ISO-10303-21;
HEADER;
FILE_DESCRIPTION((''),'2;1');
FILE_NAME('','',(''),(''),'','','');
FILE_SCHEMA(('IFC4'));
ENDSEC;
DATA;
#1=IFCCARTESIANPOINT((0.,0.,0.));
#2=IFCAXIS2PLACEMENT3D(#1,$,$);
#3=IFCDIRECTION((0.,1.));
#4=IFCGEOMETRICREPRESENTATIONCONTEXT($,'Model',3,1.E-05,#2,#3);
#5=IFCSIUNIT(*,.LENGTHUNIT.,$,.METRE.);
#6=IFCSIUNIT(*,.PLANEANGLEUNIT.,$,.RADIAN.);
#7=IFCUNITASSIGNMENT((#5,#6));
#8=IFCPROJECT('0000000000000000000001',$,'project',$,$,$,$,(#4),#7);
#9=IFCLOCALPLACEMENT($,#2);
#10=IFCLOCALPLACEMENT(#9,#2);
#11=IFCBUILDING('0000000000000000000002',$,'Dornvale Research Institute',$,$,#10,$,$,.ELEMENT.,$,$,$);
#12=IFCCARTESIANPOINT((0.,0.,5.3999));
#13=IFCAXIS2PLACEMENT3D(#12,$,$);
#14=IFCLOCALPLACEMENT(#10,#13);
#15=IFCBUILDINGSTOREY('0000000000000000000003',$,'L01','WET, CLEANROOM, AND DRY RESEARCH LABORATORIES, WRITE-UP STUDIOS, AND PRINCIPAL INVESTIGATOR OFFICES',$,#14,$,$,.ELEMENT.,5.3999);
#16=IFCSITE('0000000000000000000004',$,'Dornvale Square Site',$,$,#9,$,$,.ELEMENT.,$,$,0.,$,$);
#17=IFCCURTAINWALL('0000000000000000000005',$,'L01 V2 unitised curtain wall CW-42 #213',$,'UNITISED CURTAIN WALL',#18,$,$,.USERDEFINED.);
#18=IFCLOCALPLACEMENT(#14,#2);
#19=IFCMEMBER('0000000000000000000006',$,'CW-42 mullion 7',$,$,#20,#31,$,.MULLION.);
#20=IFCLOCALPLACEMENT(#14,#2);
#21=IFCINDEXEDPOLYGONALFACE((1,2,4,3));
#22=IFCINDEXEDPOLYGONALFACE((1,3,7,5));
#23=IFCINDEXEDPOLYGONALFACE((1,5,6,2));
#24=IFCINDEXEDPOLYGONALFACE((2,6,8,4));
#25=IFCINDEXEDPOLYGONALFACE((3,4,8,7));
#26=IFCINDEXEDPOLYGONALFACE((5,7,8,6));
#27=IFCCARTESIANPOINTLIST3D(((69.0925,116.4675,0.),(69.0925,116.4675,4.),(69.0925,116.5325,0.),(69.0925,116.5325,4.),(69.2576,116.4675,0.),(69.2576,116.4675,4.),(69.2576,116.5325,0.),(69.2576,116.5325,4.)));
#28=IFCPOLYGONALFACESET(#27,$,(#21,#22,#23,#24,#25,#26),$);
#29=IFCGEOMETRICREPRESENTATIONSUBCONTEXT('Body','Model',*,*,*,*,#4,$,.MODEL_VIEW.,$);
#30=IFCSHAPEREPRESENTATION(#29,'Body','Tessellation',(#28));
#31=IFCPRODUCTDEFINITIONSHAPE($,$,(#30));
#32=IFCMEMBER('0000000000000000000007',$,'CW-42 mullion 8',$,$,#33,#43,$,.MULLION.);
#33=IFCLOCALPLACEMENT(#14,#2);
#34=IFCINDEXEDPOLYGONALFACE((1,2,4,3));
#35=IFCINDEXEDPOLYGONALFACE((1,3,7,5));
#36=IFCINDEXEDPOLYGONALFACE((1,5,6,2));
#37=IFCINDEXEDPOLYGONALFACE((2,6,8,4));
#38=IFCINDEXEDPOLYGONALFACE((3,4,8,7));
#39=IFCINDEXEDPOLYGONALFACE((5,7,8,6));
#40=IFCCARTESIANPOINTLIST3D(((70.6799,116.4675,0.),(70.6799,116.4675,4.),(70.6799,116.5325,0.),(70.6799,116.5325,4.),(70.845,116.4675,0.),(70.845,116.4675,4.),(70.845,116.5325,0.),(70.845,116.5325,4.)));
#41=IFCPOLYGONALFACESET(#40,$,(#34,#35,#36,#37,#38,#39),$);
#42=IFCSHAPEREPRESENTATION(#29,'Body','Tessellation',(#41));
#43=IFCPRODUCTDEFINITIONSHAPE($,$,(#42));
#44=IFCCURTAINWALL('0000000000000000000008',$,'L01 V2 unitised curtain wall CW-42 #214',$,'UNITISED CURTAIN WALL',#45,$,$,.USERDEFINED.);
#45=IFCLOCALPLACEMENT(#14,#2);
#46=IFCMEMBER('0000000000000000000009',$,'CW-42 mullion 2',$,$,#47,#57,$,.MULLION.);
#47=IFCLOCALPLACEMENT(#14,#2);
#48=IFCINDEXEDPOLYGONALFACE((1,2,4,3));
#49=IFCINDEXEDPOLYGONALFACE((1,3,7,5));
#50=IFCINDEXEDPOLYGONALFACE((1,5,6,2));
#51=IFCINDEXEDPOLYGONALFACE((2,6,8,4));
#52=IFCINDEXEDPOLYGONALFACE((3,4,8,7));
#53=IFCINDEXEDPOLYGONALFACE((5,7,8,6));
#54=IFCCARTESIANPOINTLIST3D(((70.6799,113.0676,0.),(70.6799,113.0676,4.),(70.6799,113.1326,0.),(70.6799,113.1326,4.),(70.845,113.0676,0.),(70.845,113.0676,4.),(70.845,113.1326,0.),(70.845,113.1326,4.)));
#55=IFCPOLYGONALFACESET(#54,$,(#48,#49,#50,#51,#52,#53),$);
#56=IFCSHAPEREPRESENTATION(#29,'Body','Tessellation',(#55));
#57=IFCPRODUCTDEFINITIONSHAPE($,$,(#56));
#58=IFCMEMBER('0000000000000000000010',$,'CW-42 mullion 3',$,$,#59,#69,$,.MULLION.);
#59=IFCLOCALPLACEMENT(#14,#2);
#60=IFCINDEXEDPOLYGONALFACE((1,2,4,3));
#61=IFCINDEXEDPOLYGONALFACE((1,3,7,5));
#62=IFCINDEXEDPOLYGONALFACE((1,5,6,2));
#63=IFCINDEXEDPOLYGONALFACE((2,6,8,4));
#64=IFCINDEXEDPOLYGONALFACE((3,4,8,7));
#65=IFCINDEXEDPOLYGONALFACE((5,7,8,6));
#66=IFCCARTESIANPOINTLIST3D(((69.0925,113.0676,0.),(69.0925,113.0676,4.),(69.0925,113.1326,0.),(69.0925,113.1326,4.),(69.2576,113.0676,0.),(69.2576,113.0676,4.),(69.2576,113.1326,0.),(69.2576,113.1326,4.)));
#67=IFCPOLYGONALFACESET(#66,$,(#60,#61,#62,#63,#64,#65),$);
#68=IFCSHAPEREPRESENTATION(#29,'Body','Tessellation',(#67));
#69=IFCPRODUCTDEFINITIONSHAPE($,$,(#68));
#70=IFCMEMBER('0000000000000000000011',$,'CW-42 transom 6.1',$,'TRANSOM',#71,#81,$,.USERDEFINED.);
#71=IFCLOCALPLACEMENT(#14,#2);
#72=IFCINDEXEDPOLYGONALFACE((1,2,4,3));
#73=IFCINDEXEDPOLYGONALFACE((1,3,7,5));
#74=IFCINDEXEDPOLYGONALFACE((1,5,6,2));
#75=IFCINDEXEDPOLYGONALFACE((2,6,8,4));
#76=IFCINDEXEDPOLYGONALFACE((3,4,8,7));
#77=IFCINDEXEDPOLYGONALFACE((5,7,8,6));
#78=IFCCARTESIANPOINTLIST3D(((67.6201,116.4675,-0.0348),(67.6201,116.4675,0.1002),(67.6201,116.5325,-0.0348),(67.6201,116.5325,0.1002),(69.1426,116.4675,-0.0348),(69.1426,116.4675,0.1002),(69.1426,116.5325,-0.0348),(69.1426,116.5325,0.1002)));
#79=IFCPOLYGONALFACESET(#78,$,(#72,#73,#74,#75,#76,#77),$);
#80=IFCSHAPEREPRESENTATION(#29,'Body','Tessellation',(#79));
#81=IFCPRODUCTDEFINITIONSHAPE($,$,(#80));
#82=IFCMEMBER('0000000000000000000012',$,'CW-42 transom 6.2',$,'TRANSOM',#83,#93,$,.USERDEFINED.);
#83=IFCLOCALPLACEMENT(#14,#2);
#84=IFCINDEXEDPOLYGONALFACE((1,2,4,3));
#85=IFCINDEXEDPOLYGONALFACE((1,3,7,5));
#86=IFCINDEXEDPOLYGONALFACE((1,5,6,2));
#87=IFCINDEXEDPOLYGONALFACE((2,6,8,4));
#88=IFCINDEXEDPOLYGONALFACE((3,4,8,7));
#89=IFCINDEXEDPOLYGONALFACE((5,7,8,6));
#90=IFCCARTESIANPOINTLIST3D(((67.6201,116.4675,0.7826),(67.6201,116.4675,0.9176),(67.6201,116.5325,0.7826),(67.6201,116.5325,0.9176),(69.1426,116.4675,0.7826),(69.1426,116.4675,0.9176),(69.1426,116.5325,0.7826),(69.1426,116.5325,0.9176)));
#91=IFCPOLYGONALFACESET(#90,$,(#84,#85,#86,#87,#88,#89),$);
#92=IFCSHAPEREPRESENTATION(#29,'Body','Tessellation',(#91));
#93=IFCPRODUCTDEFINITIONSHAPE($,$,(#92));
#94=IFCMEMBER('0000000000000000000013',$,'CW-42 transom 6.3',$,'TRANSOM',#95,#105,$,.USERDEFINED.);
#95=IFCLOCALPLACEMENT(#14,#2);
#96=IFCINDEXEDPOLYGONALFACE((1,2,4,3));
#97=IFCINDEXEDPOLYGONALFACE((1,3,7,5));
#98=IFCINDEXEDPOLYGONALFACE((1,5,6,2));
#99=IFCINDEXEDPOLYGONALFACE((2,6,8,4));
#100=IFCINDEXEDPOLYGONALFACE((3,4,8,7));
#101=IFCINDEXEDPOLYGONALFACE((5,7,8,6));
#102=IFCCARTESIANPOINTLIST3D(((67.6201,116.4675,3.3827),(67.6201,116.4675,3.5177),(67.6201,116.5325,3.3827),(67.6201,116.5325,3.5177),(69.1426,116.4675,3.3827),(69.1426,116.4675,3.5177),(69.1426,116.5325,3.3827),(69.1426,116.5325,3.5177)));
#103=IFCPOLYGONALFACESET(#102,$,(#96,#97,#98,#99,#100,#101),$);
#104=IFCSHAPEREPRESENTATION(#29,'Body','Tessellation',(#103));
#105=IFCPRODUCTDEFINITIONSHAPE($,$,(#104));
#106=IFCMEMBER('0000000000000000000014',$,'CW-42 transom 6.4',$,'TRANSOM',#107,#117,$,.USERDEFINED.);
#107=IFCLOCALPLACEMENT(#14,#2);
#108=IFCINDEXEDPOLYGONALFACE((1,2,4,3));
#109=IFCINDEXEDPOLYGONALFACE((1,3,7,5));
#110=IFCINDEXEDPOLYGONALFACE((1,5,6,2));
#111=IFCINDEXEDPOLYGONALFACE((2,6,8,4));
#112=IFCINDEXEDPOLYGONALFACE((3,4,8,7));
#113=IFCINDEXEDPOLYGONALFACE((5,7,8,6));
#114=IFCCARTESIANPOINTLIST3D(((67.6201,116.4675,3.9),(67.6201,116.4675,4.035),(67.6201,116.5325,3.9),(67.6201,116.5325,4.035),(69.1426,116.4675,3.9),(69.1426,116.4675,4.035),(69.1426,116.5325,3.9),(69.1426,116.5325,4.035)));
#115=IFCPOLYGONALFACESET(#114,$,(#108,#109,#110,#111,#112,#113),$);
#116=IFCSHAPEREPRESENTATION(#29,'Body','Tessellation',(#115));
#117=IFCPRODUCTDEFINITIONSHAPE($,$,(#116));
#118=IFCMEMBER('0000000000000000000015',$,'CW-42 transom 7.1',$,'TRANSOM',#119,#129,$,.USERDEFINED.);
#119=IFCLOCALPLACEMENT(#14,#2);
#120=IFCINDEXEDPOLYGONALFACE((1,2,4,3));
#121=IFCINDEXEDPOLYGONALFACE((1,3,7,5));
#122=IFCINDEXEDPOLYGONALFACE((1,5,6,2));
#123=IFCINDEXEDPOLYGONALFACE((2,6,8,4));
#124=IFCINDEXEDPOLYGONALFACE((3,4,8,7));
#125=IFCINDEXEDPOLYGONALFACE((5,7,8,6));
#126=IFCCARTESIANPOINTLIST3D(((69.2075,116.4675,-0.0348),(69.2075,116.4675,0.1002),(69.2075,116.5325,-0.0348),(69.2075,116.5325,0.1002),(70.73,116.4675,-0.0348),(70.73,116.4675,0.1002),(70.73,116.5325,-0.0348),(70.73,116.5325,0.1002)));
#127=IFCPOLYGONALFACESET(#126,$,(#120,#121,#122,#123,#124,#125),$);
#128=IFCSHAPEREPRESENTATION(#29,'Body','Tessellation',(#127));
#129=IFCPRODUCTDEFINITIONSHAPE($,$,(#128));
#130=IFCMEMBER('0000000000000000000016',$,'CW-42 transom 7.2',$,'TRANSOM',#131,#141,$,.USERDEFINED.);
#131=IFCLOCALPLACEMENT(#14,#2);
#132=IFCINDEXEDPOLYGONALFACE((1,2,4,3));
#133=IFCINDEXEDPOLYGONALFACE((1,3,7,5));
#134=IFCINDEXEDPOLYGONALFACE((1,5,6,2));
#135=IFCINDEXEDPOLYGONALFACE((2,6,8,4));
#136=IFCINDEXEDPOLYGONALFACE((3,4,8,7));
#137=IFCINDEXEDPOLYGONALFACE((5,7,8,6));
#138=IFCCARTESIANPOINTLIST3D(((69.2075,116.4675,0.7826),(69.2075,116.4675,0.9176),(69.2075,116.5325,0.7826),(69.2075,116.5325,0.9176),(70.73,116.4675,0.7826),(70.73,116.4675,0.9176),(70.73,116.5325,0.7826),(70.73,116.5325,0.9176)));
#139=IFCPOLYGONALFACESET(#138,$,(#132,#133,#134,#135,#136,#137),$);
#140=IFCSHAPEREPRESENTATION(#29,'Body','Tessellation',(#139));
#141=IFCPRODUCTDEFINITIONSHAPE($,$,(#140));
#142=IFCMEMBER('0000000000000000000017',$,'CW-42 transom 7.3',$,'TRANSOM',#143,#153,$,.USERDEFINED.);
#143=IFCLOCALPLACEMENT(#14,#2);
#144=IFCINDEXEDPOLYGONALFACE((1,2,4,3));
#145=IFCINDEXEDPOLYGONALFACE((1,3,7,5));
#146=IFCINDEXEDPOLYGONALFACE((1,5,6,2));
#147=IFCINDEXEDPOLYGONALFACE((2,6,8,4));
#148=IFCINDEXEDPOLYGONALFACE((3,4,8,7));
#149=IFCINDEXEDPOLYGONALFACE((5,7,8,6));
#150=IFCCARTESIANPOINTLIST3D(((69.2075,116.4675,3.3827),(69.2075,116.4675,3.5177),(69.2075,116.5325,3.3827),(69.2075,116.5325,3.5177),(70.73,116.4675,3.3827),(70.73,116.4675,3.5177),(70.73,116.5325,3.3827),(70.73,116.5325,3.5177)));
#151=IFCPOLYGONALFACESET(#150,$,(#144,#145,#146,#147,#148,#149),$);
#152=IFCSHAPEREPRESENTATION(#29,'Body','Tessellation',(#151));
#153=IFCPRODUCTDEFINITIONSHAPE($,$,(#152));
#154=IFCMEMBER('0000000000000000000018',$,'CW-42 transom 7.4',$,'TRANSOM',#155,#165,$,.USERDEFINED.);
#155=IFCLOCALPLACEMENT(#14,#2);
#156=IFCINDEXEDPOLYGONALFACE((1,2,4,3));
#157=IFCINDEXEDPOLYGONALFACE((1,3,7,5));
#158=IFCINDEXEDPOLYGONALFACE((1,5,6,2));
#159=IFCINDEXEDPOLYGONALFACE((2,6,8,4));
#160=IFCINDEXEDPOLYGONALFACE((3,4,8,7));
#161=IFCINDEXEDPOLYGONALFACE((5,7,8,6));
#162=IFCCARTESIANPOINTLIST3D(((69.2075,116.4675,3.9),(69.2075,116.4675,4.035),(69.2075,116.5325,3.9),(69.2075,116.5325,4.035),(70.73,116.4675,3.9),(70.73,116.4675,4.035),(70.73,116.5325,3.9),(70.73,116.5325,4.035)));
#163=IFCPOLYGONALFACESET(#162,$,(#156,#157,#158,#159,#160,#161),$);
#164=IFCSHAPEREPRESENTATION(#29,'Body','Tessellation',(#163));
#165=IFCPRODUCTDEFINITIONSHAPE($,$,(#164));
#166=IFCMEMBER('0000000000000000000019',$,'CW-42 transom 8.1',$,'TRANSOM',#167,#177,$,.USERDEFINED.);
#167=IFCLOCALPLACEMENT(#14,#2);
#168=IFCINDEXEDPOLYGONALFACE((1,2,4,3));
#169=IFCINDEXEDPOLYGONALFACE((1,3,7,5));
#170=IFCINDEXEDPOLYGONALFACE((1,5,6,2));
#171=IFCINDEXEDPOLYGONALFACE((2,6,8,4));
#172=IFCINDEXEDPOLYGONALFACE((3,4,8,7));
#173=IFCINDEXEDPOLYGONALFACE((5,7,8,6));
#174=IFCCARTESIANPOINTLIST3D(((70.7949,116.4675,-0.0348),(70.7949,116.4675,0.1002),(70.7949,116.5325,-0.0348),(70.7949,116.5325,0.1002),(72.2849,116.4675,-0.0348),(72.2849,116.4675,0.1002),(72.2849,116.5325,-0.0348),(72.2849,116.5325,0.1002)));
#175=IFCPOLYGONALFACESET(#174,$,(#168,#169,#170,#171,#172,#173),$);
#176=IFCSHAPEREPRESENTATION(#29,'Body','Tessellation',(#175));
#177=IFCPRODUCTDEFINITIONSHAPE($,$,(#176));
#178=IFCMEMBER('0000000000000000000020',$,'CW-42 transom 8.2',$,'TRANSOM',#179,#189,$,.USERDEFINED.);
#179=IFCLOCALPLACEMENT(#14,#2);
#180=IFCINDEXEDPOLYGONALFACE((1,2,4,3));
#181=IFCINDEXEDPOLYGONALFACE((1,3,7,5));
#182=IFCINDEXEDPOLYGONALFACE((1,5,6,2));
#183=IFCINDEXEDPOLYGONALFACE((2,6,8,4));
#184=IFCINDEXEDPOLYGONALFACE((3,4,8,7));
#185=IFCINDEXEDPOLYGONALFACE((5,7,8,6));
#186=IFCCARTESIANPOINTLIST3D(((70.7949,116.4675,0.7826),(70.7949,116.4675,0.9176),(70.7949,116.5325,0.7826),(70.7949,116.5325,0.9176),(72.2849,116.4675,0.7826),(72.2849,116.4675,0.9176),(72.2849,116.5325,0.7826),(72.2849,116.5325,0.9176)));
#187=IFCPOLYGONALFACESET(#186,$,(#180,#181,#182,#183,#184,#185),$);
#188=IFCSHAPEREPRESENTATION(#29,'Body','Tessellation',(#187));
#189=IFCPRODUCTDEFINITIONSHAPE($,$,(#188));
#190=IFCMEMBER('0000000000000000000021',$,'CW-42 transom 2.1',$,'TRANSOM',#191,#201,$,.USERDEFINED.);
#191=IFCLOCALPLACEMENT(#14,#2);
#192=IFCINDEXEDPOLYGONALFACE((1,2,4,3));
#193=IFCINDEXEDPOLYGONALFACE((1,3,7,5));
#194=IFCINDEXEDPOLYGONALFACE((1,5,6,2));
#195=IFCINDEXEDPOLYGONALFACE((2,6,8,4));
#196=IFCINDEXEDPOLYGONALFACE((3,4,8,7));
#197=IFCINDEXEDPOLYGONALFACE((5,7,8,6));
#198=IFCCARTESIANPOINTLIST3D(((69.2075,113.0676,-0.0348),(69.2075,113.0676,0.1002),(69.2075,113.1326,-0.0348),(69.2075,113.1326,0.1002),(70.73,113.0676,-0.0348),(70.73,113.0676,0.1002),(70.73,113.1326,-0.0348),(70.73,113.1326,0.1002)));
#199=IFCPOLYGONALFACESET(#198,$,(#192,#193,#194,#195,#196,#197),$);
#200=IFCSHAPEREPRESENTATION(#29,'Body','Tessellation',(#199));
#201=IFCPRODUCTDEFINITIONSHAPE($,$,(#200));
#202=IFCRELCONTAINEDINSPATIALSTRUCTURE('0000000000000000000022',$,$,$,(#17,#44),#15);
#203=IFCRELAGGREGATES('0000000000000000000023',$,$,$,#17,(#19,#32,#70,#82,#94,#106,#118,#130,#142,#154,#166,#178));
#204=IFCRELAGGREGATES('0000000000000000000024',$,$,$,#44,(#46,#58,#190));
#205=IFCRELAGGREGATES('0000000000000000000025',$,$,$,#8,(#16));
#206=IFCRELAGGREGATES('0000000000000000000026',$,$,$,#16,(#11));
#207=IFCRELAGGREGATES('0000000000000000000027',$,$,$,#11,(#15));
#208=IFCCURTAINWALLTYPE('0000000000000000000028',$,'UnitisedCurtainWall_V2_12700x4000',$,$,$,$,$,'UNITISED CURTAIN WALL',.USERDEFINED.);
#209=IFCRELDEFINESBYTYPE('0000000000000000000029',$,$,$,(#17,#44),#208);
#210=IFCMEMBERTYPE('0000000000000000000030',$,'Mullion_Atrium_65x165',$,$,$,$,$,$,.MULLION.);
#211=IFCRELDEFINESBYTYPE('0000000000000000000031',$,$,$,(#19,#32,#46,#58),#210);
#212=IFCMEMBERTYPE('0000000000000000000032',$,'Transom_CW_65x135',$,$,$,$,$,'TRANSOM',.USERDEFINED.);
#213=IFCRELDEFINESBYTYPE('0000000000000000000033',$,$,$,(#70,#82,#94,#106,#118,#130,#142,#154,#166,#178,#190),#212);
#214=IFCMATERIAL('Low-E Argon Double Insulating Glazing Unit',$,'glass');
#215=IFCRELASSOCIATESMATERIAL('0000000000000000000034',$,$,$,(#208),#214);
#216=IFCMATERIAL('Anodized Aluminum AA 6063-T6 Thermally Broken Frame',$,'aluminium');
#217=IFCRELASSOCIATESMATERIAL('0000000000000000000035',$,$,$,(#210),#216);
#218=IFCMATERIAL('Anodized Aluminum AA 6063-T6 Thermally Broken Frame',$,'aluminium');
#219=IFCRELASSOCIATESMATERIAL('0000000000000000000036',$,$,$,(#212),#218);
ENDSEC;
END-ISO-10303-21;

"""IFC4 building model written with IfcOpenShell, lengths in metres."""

from ifc_helpers import new_model, si_unit, direction, frame, origin, origin_2d, place, context, subcontext, project, spatial, rectangle, extrude, material, material_profile, profile_set, type_object, element, aggregate, save


model = new_model("IFC4")

# Units and contexts
model_context = context("Model", 3, precision=1e-05, world=origin(), true_north=direction((0.0, 1.0)))
body_context = subcontext(model_context, "Body", "Model", "MODEL_VIEW")
ifc_project = project(units=[si_unit("LENGTHUNIT", "METRE"), si_unit("PLANEANGLEUNIT", "RADIAN")], contexts=[model_context])

# Site, building, storey
site_placement = place(None, origin())
site = spatial("IfcSite", under=ifc_project, at=site_placement, Name="Dornvale Square Site", CompositionType="ELEMENT", RefElevation=0.0)
building_placement = place(site_placement, origin())
building = spatial("IfcBuilding", under=site, at=building_placement, Name="Dornvale Research Institute", CompositionType="ELEMENT")
storey_placement = place(building_placement, frame((0.0, 0.0, 5.3999)))
storey = spatial("IfcBuildingStorey", under=building, at=storey_placement, Name="L01", Description="WET, CLEANROOM, AND DRY RESEARCH LABORATORIES, WRITE-UP STUDIOS, AND PRINCIPAL INVESTIGATOR OFFICES", CompositionType="ELEMENT", Elevation=5.3999)

# Curtain walls, members
ifc_material_1 = material(Name="Low-E Argon Double Insulating Glazing Unit", Category="glass")
curtain_wall_type = type_object("IfcCurtainWallType", Name="UnitisedCurtainWall_V2_12700x4000", ElementType="UNITISED CURTAIN WALL", PredefinedType="USERDEFINED", material=ifc_material_1)
curtain_wall_1_placement = place(storey_placement, origin())
curtain_wall_1 = element("IfcCurtainWall", 1, at=curtain_wall_1_placement, inside=storey, type_object=curtain_wall_type, Name="L01 V2 unitised curtain wall CW-42 #213", ObjectType="UNITISED CURTAIN WALL", PredefinedType="USERDEFINED")
ifc_material_2 = material(Name="Anodized Aluminum AA 6063-T6 Thermally Broken Frame", Category="aluminium")
ifc_material_profile_1 = material_profile(ifc_material_2, rectangle(XDim=0.0649, YDim=0.165, at=origin_2d()), Name="ALU MULLION 65x165")
ifc_profile_set_1 = profile_set([ifc_material_profile_1], Name="Anodized Aluminum AA 6063-T6 Thermally Broken Frame")
member_type_1 = type_object("IfcMemberType", Name="Mullion_Atrium_65x165", PredefinedType="MULLION", material=ifc_profile_set_1)
member_1_placement = place(storey_placement, frame((69.175, 116.5, 0.0), z_axis=(0.0, 0.0, 1.0), x_axis=(0.0, 1.0, 0.0)))
member_1 = element("IfcMember", 2, at=member_1_placement, type_object=member_type_1, Name="CW-42 mullion 7", PredefinedType="MULLION", context=body_context, shape_type="SweptSolid", body=[
    extrude(rectangle(XDim=0.0649, YDim=0.165, at=origin_2d()), origin(), (0.0, 0.0, 1.0), 4.0),
])
member_2_placement = place(storey_placement, frame((70.7625, 116.5, 0.0), z_axis=(0.0, 0.0, 1.0), x_axis=(0.0, 1.0, 0.0)))
member_2 = element("IfcMember", 3, at=member_2_placement, type_object=member_type_1, Name="CW-42 mullion 8", PredefinedType="MULLION", context=body_context, shape_type="SweptSolid", body=[
    extrude(rectangle(XDim=0.0649, YDim=0.165, at=origin_2d()), origin(), (0.0, 0.0, 1.0), 4.0),
])
curtain_wall_2_placement = place(storey_placement, origin())
curtain_wall_2 = element("IfcCurtainWall", 4, at=curtain_wall_2_placement, inside=storey, type_object=curtain_wall_type, Name="L01 V2 unitised curtain wall CW-42 #214", ObjectType="UNITISED CURTAIN WALL", PredefinedType="USERDEFINED")
member_3_placement = place(storey_placement, frame((70.7625, 113.1001, 0.0), z_axis=(0.0, 0.0, 1.0), x_axis=(0.0, -1.0, 0.0)))
member_3 = element("IfcMember", 5, at=member_3_placement, type_object=member_type_1, Name="CW-42 mullion 2", PredefinedType="MULLION", context=body_context, shape_type="SweptSolid", body=[
    extrude(rectangle(XDim=0.0649, YDim=0.165, at=origin_2d()), origin(), (0.0, 0.0, 1.0), 4.0),
])
member_4_placement = place(storey_placement, frame((69.175, 113.1001, 0.0), z_axis=(0.0, 0.0, 1.0), x_axis=(0.0, -1.0, 0.0)))
member_4 = element("IfcMember", 6, at=member_4_placement, type_object=member_type_1, Name="CW-42 mullion 3", PredefinedType="MULLION", context=body_context, shape_type="SweptSolid", body=[
    extrude(rectangle(XDim=0.0649, YDim=0.165, at=origin_2d()), origin(), (0.0, 0.0, 1.0), 4.0),
])

# Members
ifc_material_3 = material(Name="Anodized Aluminum AA 6063-T6 Thermally Broken Frame", Category="aluminium")
ifc_material_profile_2 = material_profile(ifc_material_3, rectangle(XDim=0.0649, YDim=0.135, at=origin_2d()), Name="ALU TRANSOM 65x135")
ifc_profile_set_2 = profile_set([ifc_material_profile_2], Name="Anodized Aluminum AA 6063-T6 Thermally Broken Frame")
member_type_2 = type_object("IfcMemberType", Name="Transom_CW_65x135", ElementType="TRANSOM", PredefinedType="USERDEFINED", material=ifc_profile_set_2)
member_5_placement = place(storey_placement, frame((67.6201, 116.5, 0.0327), z_axis=(1.0, 0.0, 0.0), x_axis=(0.0, 1.0, 0.0)))
member_5 = element("IfcMember", 7, at=member_5_placement, type_object=member_type_2, Name="CW-42 transom 6.1", ObjectType="TRANSOM", PredefinedType="USERDEFINED", context=body_context, shape_type="SweptSolid", body=[
    extrude(rectangle(XDim=0.0649, YDim=0.135, at=origin_2d()), origin(), (0.0, 0.0, 1.0), 1.5225),
])
member_6_placement = place(storey_placement, frame((67.6201, 116.5, 0.8501), z_axis=(1.0, 0.0, 0.0), x_axis=(0.0, 1.0, 0.0)))
member_6 = element("IfcMember", 8, at=member_6_placement, type_object=member_type_2, Name="CW-42 transom 6.2", ObjectType="TRANSOM", PredefinedType="USERDEFINED", context=body_context, shape_type="SweptSolid", body=[
    extrude(rectangle(XDim=0.0649, YDim=0.135, at=origin_2d()), origin(), (0.0, 0.0, 1.0), 1.5225),
])
member_7_placement = place(storey_placement, frame((67.6201, 116.5, 3.4502), z_axis=(1.0, 0.0, 0.0), x_axis=(0.0, 1.0, 0.0)))
member_7 = element("IfcMember", 9, at=member_7_placement, type_object=member_type_2, Name="CW-42 transom 6.3", ObjectType="TRANSOM", PredefinedType="USERDEFINED", context=body_context, shape_type="SweptSolid", body=[
    extrude(rectangle(XDim=0.0649, YDim=0.135, at=origin_2d()), origin(), (0.0, 0.0, 1.0), 1.5225),
])
member_8_placement = place(storey_placement, frame((67.6201, 116.5, 3.9675), z_axis=(1.0, 0.0, 0.0), x_axis=(0.0, 1.0, 0.0)))
member_8 = element("IfcMember", 10, at=member_8_placement, type_object=member_type_2, Name="CW-42 transom 6.4", ObjectType="TRANSOM", PredefinedType="USERDEFINED", context=body_context, shape_type="SweptSolid", body=[
    extrude(rectangle(XDim=0.0649, YDim=0.135, at=origin_2d()), origin(), (0.0, 0.0, 1.0), 1.5225),
])
member_9_placement = place(storey_placement, frame((69.2075, 116.5, 0.0327), z_axis=(1.0, 0.0, 0.0), x_axis=(0.0, 1.0, 0.0)))
member_9 = element("IfcMember", 11, at=member_9_placement, type_object=member_type_2, Name="CW-42 transom 7.1", ObjectType="TRANSOM", PredefinedType="USERDEFINED", context=body_context, shape_type="SweptSolid", body=[
    extrude(rectangle(XDim=0.0649, YDim=0.135, at=origin_2d()), origin(), (0.0, 0.0, 1.0), 1.5225),
])
member_10_placement = place(storey_placement, frame((69.2075, 116.5, 0.8501), z_axis=(1.0, 0.0, 0.0), x_axis=(0.0, 1.0, 0.0)))
member_10 = element("IfcMember", 12, at=member_10_placement, type_object=member_type_2, Name="CW-42 transom 7.2", ObjectType="TRANSOM", PredefinedType="USERDEFINED", context=body_context, shape_type="SweptSolid", body=[
    extrude(rectangle(XDim=0.0649, YDim=0.135, at=origin_2d()), origin(), (0.0, 0.0, 1.0), 1.5225),
])
member_11_placement = place(storey_placement, frame((69.2075, 116.5, 3.4502), z_axis=(1.0, 0.0, 0.0), x_axis=(0.0, 1.0, 0.0)))
member_11 = element("IfcMember", 13, at=member_11_placement, type_object=member_type_2, Name="CW-42 transom 7.3", ObjectType="TRANSOM", PredefinedType="USERDEFINED", context=body_context, shape_type="SweptSolid", body=[
    extrude(rectangle(XDim=0.0649, YDim=0.135, at=origin_2d()), origin(), (0.0, 0.0, 1.0), 1.5225),
])
member_12_placement = place(storey_placement, frame((69.2075, 116.5, 3.9675), z_axis=(1.0, 0.0, 0.0), x_axis=(0.0, 1.0, 0.0)))
member_12 = element("IfcMember", 14, at=member_12_placement, type_object=member_type_2, Name="CW-42 transom 7.4", ObjectType="TRANSOM", PredefinedType="USERDEFINED", context=body_context, shape_type="SweptSolid", body=[
    extrude(rectangle(XDim=0.0649, YDim=0.135, at=origin_2d()), origin(), (0.0, 0.0, 1.0), 1.5225),
])
member_13_placement = place(storey_placement, frame((70.7949, 116.5, 0.0327), z_axis=(1.0, 0.0, 0.0), x_axis=(0.0, 1.0, 0.0)))
member_13 = element("IfcMember", 15, at=member_13_placement, type_object=member_type_2, Name="CW-42 transom 8.1", ObjectType="TRANSOM", PredefinedType="USERDEFINED", context=body_context, shape_type="SweptSolid", body=[
    extrude(rectangle(XDim=0.0649, YDim=0.135, at=origin_2d()), origin(), (0.0, 0.0, 1.0), 1.49),
])
member_14_placement = place(storey_placement, frame((70.7949, 116.5, 0.8501), z_axis=(1.0, 0.0, 0.0), x_axis=(0.0, 1.0, 0.0)))
member_14 = element("IfcMember", 16, at=member_14_placement, type_object=member_type_2, Name="CW-42 transom 8.2", ObjectType="TRANSOM", PredefinedType="USERDEFINED", context=body_context, shape_type="SweptSolid", body=[
    extrude(rectangle(XDim=0.0649, YDim=0.135, at=origin_2d()), origin(), (0.0, 0.0, 1.0), 1.49),
])
member_15_placement = place(storey_placement, frame((70.73, 113.1001, 0.0327), z_axis=(-1.0, 0.0, 0.0), x_axis=(0.0, -1.0, 0.0)))
member_15 = element("IfcMember", 17, at=member_15_placement, type_object=member_type_2, Name="CW-42 transom 2.1", ObjectType="TRANSOM", PredefinedType="USERDEFINED", context=body_context, shape_type="SweptSolid", body=[
    extrude(rectangle(XDim=0.0649, YDim=0.135, at=origin_2d()), origin(), (0.0, 0.0, 1.0), 1.5225),
])

aggregate(curtain_wall_1, [member_1, member_2, member_5, member_6, member_7, member_8, member_9, member_10, member_11, member_12, member_13, member_14])
aggregate(curtain_wall_2, [member_3, member_4, member_15])

save(model, "model.ifc")
